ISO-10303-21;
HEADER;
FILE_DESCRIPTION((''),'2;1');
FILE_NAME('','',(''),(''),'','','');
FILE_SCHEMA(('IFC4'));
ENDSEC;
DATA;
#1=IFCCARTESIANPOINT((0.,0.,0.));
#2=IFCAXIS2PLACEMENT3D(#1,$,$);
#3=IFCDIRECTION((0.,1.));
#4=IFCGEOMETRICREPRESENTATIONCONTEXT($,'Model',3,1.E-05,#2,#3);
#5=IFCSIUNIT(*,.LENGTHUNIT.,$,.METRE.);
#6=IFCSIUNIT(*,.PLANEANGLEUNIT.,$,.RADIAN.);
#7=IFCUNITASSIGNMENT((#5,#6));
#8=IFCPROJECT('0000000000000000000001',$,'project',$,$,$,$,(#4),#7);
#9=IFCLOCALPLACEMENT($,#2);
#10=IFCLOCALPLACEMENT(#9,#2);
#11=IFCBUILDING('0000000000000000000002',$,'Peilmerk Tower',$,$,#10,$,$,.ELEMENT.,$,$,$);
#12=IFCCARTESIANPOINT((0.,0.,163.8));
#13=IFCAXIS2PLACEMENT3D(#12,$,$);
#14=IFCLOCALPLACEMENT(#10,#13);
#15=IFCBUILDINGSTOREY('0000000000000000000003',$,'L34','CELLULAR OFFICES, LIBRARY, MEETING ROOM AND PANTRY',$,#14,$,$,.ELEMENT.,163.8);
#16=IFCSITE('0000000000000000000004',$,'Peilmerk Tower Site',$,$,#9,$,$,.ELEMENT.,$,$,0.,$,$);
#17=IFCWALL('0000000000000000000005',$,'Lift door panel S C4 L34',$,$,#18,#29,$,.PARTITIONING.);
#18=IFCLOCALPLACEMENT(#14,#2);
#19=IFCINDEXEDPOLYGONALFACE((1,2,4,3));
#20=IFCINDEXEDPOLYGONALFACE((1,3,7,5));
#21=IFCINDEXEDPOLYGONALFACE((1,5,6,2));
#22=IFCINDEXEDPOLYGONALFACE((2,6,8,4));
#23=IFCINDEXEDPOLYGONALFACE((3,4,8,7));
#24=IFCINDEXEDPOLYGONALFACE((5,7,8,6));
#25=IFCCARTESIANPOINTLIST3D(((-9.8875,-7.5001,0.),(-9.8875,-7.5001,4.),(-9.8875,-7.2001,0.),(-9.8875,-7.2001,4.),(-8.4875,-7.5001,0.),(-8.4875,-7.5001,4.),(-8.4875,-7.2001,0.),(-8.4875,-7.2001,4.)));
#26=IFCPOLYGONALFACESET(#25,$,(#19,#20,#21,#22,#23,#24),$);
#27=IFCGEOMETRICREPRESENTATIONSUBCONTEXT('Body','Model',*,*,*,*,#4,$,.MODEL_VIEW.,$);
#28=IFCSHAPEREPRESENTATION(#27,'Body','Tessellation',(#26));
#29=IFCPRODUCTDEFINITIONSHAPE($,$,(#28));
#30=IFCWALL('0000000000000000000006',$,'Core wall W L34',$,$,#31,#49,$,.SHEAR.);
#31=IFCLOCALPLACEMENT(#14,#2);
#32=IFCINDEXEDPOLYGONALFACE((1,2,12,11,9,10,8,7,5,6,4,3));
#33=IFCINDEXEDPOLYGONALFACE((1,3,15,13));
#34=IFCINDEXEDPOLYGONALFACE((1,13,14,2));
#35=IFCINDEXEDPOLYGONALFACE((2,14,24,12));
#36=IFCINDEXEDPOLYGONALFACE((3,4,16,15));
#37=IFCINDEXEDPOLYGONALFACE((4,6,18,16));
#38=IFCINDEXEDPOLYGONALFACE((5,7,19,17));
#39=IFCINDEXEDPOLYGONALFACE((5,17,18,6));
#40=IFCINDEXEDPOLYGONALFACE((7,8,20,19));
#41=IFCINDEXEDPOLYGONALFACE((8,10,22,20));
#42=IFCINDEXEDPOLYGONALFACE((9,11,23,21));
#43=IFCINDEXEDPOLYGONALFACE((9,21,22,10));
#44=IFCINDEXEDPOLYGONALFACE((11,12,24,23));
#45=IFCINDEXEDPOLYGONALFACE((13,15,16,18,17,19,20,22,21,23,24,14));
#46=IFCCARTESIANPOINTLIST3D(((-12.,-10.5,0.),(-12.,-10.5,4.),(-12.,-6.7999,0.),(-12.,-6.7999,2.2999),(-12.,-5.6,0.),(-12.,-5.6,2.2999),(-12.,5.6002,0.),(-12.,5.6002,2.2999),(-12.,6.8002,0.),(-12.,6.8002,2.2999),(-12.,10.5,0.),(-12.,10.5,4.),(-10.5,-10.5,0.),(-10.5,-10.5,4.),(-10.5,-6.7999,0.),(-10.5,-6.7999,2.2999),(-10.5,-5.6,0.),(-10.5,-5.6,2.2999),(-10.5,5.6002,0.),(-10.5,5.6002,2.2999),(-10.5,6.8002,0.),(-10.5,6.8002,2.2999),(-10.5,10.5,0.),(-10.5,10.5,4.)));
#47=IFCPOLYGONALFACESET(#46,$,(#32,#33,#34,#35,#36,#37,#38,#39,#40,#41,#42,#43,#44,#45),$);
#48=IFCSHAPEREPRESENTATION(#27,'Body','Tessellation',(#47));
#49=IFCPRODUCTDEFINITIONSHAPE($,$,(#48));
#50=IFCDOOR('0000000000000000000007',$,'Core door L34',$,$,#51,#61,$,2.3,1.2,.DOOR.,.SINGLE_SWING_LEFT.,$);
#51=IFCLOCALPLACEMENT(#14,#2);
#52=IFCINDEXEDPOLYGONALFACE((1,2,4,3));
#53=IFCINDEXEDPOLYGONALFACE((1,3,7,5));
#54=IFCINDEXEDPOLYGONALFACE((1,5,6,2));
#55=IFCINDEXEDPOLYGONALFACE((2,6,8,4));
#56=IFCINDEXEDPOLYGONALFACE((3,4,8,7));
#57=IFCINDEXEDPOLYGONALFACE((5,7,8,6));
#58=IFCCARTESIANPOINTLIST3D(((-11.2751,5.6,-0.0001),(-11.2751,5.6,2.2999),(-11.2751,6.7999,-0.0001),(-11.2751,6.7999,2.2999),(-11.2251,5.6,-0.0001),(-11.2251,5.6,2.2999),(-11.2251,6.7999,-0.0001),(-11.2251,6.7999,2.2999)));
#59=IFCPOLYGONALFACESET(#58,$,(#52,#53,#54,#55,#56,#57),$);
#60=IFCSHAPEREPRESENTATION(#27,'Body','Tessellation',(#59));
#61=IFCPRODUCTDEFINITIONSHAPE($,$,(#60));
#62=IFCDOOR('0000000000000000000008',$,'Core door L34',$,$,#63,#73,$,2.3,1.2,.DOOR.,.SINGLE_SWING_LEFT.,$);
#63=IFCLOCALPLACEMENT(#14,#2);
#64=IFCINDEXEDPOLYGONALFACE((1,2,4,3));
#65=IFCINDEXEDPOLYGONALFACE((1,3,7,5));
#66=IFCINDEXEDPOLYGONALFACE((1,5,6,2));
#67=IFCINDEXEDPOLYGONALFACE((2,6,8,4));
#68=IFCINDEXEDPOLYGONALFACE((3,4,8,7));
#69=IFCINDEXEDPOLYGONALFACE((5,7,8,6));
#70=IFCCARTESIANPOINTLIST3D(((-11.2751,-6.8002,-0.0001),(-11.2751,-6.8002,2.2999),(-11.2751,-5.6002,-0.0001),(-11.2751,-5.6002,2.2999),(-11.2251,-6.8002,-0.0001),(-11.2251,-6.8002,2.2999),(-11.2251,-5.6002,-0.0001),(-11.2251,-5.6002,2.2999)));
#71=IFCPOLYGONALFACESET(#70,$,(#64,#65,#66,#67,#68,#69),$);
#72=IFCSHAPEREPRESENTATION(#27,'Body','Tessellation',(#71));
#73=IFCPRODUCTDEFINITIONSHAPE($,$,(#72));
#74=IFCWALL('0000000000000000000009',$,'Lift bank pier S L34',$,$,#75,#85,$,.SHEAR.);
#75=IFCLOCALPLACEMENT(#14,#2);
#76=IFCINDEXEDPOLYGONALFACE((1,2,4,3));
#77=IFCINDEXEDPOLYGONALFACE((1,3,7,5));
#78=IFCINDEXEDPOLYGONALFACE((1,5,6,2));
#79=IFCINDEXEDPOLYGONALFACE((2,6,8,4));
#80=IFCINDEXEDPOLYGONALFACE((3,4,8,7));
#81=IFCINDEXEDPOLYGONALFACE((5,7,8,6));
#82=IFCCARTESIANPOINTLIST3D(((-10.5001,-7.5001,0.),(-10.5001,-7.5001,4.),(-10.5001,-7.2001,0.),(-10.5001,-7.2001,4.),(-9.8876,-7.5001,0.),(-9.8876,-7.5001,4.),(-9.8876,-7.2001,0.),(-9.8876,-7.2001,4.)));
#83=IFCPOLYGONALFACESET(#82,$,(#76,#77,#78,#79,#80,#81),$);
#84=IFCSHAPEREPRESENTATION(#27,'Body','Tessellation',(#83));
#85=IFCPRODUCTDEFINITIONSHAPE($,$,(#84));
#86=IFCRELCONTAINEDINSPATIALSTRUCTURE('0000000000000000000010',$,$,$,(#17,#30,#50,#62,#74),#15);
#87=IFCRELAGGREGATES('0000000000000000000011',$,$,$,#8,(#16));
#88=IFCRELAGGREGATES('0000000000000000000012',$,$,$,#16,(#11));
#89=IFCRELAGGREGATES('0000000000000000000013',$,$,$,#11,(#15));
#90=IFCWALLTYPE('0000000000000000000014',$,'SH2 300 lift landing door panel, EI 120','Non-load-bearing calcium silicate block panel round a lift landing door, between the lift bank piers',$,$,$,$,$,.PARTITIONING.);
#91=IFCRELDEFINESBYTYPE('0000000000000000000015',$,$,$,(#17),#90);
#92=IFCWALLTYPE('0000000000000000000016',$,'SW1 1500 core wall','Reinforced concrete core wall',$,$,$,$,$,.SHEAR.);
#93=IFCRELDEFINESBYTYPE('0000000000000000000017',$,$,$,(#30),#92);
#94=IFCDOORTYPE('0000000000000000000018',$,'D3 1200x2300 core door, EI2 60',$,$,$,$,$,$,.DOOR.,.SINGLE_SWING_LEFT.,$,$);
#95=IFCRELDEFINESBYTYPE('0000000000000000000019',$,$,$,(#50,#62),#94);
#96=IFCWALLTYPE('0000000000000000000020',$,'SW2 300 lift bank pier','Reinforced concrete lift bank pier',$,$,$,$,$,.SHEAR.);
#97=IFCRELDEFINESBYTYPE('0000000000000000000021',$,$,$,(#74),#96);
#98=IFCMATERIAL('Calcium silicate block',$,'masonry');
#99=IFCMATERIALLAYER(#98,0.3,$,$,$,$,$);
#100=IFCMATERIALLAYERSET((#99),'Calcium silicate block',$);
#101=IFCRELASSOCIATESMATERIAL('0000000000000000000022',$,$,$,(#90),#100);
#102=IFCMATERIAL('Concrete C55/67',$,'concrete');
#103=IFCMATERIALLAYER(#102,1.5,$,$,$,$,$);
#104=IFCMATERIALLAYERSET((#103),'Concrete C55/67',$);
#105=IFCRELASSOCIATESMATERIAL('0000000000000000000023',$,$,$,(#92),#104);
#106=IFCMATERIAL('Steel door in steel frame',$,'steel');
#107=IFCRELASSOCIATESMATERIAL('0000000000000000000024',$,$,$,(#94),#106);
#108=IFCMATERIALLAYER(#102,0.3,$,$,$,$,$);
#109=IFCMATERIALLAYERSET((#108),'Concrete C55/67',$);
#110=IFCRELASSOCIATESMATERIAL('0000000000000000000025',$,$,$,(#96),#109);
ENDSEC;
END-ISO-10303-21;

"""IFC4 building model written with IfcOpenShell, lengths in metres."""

from ifc_helpers import new_model, si_unit, direction, frame, frame_2d, origin, place, context, subcontext, project, spatial, rectangle, extrude, material, layer, layer_set, type_object, element, fill, save


model = new_model("IFC4")

# Units and contexts
model_context = context("Model", 3, precision=1e-05, world=origin(), true_north=direction((0.0, 1.0)))
body_context = subcontext(model_context, "Body", "Model", "MODEL_VIEW")
ifc_project = project(units=[si_unit("LENGTHUNIT", "METRE"), si_unit("PLANEANGLEUNIT", "RADIAN")], contexts=[model_context])

# Site, building, storey
site_placement = place(None, origin())
site = spatial("IfcSite", under=ifc_project, at=site_placement, Name="Peilmerk Tower Site", CompositionType="ELEMENT", RefElevation=0.0)
building_placement = place(site_placement, origin())
building = spatial("IfcBuilding", under=site, at=building_placement, Name="Peilmerk Tower", CompositionType="ELEMENT")
storey_placement = place(building_placement, frame((0.0, 0.0, 163.8)))
storey = spatial("IfcBuildingStorey", under=building, at=storey_placement, Name="L34", Description="CELLULAR OFFICES, LIBRARY, MEETING ROOM AND PANTRY", CompositionType="ELEMENT", Elevation=163.8)

# Shared definitions
ifc_material_1 = material(Name="Calcium silicate block", Category="masonry")

# Wall
ifc_layer_1 = layer(ifc_material_1, 0.3)
ifc_layer_set_1 = layer_set([ifc_layer_1], Name="Calcium silicate block")
wall_type_1 = type_object("IfcWallType", Name="SH2 300 lift landing door panel, EI 120", Description="Non-load-bearing calcium silicate block panel round a lift landing door, between the lift bank piers", PredefinedType="PARTITIONING", material=ifc_layer_set_1)
wall_1_placement = place(storey_placement, frame((-9.8875, -7.3501, 0.0), z_axis=(0.0, 0.0, 1.0), x_axis=(1.0, 0.0, 0.0)))
element("IfcWall", 1, at=wall_1_placement, inside=storey, type_object=wall_type_1, Name="Lift door panel S C4 L34", PredefinedType="PARTITIONING", context=body_context, shape_type="SweptSolid", body=[
    extrude(rectangle(XDim=1.3999, YDim=0.3, at=frame_2d((0.7, 0.0))), origin(), (0.0, 0.0, 1.0), 4.0),
])

# Wall, openings, doors
ifc_material_2 = material(Name="Concrete C55/67", Category="concrete")
ifc_layer_2 = layer(ifc_material_2, 1.5)
ifc_layer_set_2 = layer_set([ifc_layer_2], Name="Concrete C55/67")
wall_type_2 = type_object("IfcWallType", Name="SW1 1500 core wall", Description="Reinforced concrete core wall", PredefinedType="SHEAR", material=ifc_layer_set_2)
wall_2_placement = place(storey_placement, frame((-11.25, -10.5, 0.0), z_axis=(0.0, 0.0, 1.0), x_axis=(0.0, 1.0, 0.0)))
wall_2 = element("IfcWall", 2, at=wall_2_placement, inside=storey, type_object=wall_type_2, Name="Core wall W L34", PredefinedType="SHEAR", context=body_context, shape_type="SweptSolid", body=[
    extrude(rectangle(XDim=21.0, YDim=1.5, at=frame_2d((10.5, 0.0))), origin(), (0.0, 0.0, 1.0), 4.0),
])
opening_1_placement = place(wall_2_placement, frame((16.1001, 0.0, 0.0)))
opening_1 = element("IfcOpeningElement", 3, at=opening_1_placement, cuts=wall_2, PredefinedType="OPENING", context=body_context, shape_type="SweptSolid", body=[
    extrude(rectangle(XDim=1.2, YDim=2.3, at=frame_2d((0.6001, 1.1499))), frame((0.0, 0.76, 0.0), z_axis=(0.0, -1.0, 0.0), x_axis=(1.0, 0.0, 0.0)), (0.0, 0.0, 1.0), 1.52),
])
opening_2_placement = place(wall_2_placement, frame((3.7, 0.0, 0.0)))
opening_2 = element("IfcOpeningElement", 4, at=opening_2_placement, cuts=wall_2, PredefinedType="OPENING", context=body_context, shape_type="SweptSolid", body=[
    extrude(rectangle(XDim=1.2, YDim=2.3, at=frame_2d((0.6001, 1.1499))), frame((0.0, 0.76, 0.0), z_axis=(0.0, -1.0, 0.0), x_axis=(1.0, 0.0, 0.0)), (0.0, 0.0, 1.0), 1.52),
])
ifc_material_3 = material(Name="Steel door in steel frame", Category="steel")
door_type_1 = type_object("IfcDoorType", Name="D3 1200x2300 core door, EI2 60", OperationType="SINGLE_SWING_LEFT", PredefinedType="DOOR", material=ifc_material_3)
door_1_placement = place(opening_1_placement, frame((1.2, 0.0, 0.0), z_axis=(0.0, 0.0, 1.0), x_axis=(-1.0, 0.0, 0.0)))
door_1 = element("IfcDoor", 5, at=door_1_placement, inside=storey, type_object=door_type_1, Name="Core door L34", OperationType="SINGLE_SWING_LEFT", OverallHeight=2.3, OverallWidth=1.2, PredefinedType="DOOR", context=body_context, shape_type="SweptSolid", body=[
    extrude(rectangle(XDim=1.2, YDim=2.3, at=frame_2d((0.6001, 1.1499))), frame((0.0, 0.0249, 0.0), z_axis=(0.0, -1.0, 0.0), x_axis=(1.0, 0.0, 0.0)), (0.0, 0.0, 1.0), 0.05),
])
fill(opening_1, door_1)
door_2_placement = place(opening_2_placement, frame((1.2, 0.0, 0.0), z_axis=(0.0, 0.0, 1.0), x_axis=(-1.0, 0.0, 0.0)))
door_2 = element("IfcDoor", 6, at=door_2_placement, inside=storey, type_object=door_type_1, Name="Core door L34", OperationType="SINGLE_SWING_LEFT", OverallHeight=2.3, OverallWidth=1.2, PredefinedType="DOOR", context=body_context, shape_type="SweptSolid", body=[
    extrude(rectangle(XDim=1.2, YDim=2.3, at=frame_2d((0.6001, 1.1499))), frame((0.0, 0.0249, 0.0), z_axis=(0.0, -1.0, 0.0), x_axis=(1.0, 0.0, 0.0)), (0.0, 0.0, 1.0), 0.05),
])
fill(opening_2, door_2)

# Wall
ifc_layer_3 = layer(ifc_material_2, 0.3)
ifc_layer_set_3 = layer_set([ifc_layer_3], Name="Concrete C55/67")
wall_type_3 = type_object("IfcWallType", Name="SW2 300 lift bank pier", Description="Reinforced concrete lift bank pier", PredefinedType="SHEAR", material=ifc_layer_set_3)
wall_3_placement = place(storey_placement, frame((-10.5, -7.3501, 0.0), z_axis=(0.0, 0.0, 1.0), x_axis=(1.0, 0.0, 0.0)))
element("IfcWall", 7, at=wall_3_placement, inside=storey, type_object=wall_type_3, Name="Lift bank pier S L34", PredefinedType="SHEAR", context=body_context, shape_type="SweptSolid", body=[
    extrude(rectangle(XDim=0.6125, YDim=0.3, at=frame_2d((0.3062, 0.0))), origin(), (0.0, 0.0, 1.0), 4.0),
])

save(model, "model.ifc")
